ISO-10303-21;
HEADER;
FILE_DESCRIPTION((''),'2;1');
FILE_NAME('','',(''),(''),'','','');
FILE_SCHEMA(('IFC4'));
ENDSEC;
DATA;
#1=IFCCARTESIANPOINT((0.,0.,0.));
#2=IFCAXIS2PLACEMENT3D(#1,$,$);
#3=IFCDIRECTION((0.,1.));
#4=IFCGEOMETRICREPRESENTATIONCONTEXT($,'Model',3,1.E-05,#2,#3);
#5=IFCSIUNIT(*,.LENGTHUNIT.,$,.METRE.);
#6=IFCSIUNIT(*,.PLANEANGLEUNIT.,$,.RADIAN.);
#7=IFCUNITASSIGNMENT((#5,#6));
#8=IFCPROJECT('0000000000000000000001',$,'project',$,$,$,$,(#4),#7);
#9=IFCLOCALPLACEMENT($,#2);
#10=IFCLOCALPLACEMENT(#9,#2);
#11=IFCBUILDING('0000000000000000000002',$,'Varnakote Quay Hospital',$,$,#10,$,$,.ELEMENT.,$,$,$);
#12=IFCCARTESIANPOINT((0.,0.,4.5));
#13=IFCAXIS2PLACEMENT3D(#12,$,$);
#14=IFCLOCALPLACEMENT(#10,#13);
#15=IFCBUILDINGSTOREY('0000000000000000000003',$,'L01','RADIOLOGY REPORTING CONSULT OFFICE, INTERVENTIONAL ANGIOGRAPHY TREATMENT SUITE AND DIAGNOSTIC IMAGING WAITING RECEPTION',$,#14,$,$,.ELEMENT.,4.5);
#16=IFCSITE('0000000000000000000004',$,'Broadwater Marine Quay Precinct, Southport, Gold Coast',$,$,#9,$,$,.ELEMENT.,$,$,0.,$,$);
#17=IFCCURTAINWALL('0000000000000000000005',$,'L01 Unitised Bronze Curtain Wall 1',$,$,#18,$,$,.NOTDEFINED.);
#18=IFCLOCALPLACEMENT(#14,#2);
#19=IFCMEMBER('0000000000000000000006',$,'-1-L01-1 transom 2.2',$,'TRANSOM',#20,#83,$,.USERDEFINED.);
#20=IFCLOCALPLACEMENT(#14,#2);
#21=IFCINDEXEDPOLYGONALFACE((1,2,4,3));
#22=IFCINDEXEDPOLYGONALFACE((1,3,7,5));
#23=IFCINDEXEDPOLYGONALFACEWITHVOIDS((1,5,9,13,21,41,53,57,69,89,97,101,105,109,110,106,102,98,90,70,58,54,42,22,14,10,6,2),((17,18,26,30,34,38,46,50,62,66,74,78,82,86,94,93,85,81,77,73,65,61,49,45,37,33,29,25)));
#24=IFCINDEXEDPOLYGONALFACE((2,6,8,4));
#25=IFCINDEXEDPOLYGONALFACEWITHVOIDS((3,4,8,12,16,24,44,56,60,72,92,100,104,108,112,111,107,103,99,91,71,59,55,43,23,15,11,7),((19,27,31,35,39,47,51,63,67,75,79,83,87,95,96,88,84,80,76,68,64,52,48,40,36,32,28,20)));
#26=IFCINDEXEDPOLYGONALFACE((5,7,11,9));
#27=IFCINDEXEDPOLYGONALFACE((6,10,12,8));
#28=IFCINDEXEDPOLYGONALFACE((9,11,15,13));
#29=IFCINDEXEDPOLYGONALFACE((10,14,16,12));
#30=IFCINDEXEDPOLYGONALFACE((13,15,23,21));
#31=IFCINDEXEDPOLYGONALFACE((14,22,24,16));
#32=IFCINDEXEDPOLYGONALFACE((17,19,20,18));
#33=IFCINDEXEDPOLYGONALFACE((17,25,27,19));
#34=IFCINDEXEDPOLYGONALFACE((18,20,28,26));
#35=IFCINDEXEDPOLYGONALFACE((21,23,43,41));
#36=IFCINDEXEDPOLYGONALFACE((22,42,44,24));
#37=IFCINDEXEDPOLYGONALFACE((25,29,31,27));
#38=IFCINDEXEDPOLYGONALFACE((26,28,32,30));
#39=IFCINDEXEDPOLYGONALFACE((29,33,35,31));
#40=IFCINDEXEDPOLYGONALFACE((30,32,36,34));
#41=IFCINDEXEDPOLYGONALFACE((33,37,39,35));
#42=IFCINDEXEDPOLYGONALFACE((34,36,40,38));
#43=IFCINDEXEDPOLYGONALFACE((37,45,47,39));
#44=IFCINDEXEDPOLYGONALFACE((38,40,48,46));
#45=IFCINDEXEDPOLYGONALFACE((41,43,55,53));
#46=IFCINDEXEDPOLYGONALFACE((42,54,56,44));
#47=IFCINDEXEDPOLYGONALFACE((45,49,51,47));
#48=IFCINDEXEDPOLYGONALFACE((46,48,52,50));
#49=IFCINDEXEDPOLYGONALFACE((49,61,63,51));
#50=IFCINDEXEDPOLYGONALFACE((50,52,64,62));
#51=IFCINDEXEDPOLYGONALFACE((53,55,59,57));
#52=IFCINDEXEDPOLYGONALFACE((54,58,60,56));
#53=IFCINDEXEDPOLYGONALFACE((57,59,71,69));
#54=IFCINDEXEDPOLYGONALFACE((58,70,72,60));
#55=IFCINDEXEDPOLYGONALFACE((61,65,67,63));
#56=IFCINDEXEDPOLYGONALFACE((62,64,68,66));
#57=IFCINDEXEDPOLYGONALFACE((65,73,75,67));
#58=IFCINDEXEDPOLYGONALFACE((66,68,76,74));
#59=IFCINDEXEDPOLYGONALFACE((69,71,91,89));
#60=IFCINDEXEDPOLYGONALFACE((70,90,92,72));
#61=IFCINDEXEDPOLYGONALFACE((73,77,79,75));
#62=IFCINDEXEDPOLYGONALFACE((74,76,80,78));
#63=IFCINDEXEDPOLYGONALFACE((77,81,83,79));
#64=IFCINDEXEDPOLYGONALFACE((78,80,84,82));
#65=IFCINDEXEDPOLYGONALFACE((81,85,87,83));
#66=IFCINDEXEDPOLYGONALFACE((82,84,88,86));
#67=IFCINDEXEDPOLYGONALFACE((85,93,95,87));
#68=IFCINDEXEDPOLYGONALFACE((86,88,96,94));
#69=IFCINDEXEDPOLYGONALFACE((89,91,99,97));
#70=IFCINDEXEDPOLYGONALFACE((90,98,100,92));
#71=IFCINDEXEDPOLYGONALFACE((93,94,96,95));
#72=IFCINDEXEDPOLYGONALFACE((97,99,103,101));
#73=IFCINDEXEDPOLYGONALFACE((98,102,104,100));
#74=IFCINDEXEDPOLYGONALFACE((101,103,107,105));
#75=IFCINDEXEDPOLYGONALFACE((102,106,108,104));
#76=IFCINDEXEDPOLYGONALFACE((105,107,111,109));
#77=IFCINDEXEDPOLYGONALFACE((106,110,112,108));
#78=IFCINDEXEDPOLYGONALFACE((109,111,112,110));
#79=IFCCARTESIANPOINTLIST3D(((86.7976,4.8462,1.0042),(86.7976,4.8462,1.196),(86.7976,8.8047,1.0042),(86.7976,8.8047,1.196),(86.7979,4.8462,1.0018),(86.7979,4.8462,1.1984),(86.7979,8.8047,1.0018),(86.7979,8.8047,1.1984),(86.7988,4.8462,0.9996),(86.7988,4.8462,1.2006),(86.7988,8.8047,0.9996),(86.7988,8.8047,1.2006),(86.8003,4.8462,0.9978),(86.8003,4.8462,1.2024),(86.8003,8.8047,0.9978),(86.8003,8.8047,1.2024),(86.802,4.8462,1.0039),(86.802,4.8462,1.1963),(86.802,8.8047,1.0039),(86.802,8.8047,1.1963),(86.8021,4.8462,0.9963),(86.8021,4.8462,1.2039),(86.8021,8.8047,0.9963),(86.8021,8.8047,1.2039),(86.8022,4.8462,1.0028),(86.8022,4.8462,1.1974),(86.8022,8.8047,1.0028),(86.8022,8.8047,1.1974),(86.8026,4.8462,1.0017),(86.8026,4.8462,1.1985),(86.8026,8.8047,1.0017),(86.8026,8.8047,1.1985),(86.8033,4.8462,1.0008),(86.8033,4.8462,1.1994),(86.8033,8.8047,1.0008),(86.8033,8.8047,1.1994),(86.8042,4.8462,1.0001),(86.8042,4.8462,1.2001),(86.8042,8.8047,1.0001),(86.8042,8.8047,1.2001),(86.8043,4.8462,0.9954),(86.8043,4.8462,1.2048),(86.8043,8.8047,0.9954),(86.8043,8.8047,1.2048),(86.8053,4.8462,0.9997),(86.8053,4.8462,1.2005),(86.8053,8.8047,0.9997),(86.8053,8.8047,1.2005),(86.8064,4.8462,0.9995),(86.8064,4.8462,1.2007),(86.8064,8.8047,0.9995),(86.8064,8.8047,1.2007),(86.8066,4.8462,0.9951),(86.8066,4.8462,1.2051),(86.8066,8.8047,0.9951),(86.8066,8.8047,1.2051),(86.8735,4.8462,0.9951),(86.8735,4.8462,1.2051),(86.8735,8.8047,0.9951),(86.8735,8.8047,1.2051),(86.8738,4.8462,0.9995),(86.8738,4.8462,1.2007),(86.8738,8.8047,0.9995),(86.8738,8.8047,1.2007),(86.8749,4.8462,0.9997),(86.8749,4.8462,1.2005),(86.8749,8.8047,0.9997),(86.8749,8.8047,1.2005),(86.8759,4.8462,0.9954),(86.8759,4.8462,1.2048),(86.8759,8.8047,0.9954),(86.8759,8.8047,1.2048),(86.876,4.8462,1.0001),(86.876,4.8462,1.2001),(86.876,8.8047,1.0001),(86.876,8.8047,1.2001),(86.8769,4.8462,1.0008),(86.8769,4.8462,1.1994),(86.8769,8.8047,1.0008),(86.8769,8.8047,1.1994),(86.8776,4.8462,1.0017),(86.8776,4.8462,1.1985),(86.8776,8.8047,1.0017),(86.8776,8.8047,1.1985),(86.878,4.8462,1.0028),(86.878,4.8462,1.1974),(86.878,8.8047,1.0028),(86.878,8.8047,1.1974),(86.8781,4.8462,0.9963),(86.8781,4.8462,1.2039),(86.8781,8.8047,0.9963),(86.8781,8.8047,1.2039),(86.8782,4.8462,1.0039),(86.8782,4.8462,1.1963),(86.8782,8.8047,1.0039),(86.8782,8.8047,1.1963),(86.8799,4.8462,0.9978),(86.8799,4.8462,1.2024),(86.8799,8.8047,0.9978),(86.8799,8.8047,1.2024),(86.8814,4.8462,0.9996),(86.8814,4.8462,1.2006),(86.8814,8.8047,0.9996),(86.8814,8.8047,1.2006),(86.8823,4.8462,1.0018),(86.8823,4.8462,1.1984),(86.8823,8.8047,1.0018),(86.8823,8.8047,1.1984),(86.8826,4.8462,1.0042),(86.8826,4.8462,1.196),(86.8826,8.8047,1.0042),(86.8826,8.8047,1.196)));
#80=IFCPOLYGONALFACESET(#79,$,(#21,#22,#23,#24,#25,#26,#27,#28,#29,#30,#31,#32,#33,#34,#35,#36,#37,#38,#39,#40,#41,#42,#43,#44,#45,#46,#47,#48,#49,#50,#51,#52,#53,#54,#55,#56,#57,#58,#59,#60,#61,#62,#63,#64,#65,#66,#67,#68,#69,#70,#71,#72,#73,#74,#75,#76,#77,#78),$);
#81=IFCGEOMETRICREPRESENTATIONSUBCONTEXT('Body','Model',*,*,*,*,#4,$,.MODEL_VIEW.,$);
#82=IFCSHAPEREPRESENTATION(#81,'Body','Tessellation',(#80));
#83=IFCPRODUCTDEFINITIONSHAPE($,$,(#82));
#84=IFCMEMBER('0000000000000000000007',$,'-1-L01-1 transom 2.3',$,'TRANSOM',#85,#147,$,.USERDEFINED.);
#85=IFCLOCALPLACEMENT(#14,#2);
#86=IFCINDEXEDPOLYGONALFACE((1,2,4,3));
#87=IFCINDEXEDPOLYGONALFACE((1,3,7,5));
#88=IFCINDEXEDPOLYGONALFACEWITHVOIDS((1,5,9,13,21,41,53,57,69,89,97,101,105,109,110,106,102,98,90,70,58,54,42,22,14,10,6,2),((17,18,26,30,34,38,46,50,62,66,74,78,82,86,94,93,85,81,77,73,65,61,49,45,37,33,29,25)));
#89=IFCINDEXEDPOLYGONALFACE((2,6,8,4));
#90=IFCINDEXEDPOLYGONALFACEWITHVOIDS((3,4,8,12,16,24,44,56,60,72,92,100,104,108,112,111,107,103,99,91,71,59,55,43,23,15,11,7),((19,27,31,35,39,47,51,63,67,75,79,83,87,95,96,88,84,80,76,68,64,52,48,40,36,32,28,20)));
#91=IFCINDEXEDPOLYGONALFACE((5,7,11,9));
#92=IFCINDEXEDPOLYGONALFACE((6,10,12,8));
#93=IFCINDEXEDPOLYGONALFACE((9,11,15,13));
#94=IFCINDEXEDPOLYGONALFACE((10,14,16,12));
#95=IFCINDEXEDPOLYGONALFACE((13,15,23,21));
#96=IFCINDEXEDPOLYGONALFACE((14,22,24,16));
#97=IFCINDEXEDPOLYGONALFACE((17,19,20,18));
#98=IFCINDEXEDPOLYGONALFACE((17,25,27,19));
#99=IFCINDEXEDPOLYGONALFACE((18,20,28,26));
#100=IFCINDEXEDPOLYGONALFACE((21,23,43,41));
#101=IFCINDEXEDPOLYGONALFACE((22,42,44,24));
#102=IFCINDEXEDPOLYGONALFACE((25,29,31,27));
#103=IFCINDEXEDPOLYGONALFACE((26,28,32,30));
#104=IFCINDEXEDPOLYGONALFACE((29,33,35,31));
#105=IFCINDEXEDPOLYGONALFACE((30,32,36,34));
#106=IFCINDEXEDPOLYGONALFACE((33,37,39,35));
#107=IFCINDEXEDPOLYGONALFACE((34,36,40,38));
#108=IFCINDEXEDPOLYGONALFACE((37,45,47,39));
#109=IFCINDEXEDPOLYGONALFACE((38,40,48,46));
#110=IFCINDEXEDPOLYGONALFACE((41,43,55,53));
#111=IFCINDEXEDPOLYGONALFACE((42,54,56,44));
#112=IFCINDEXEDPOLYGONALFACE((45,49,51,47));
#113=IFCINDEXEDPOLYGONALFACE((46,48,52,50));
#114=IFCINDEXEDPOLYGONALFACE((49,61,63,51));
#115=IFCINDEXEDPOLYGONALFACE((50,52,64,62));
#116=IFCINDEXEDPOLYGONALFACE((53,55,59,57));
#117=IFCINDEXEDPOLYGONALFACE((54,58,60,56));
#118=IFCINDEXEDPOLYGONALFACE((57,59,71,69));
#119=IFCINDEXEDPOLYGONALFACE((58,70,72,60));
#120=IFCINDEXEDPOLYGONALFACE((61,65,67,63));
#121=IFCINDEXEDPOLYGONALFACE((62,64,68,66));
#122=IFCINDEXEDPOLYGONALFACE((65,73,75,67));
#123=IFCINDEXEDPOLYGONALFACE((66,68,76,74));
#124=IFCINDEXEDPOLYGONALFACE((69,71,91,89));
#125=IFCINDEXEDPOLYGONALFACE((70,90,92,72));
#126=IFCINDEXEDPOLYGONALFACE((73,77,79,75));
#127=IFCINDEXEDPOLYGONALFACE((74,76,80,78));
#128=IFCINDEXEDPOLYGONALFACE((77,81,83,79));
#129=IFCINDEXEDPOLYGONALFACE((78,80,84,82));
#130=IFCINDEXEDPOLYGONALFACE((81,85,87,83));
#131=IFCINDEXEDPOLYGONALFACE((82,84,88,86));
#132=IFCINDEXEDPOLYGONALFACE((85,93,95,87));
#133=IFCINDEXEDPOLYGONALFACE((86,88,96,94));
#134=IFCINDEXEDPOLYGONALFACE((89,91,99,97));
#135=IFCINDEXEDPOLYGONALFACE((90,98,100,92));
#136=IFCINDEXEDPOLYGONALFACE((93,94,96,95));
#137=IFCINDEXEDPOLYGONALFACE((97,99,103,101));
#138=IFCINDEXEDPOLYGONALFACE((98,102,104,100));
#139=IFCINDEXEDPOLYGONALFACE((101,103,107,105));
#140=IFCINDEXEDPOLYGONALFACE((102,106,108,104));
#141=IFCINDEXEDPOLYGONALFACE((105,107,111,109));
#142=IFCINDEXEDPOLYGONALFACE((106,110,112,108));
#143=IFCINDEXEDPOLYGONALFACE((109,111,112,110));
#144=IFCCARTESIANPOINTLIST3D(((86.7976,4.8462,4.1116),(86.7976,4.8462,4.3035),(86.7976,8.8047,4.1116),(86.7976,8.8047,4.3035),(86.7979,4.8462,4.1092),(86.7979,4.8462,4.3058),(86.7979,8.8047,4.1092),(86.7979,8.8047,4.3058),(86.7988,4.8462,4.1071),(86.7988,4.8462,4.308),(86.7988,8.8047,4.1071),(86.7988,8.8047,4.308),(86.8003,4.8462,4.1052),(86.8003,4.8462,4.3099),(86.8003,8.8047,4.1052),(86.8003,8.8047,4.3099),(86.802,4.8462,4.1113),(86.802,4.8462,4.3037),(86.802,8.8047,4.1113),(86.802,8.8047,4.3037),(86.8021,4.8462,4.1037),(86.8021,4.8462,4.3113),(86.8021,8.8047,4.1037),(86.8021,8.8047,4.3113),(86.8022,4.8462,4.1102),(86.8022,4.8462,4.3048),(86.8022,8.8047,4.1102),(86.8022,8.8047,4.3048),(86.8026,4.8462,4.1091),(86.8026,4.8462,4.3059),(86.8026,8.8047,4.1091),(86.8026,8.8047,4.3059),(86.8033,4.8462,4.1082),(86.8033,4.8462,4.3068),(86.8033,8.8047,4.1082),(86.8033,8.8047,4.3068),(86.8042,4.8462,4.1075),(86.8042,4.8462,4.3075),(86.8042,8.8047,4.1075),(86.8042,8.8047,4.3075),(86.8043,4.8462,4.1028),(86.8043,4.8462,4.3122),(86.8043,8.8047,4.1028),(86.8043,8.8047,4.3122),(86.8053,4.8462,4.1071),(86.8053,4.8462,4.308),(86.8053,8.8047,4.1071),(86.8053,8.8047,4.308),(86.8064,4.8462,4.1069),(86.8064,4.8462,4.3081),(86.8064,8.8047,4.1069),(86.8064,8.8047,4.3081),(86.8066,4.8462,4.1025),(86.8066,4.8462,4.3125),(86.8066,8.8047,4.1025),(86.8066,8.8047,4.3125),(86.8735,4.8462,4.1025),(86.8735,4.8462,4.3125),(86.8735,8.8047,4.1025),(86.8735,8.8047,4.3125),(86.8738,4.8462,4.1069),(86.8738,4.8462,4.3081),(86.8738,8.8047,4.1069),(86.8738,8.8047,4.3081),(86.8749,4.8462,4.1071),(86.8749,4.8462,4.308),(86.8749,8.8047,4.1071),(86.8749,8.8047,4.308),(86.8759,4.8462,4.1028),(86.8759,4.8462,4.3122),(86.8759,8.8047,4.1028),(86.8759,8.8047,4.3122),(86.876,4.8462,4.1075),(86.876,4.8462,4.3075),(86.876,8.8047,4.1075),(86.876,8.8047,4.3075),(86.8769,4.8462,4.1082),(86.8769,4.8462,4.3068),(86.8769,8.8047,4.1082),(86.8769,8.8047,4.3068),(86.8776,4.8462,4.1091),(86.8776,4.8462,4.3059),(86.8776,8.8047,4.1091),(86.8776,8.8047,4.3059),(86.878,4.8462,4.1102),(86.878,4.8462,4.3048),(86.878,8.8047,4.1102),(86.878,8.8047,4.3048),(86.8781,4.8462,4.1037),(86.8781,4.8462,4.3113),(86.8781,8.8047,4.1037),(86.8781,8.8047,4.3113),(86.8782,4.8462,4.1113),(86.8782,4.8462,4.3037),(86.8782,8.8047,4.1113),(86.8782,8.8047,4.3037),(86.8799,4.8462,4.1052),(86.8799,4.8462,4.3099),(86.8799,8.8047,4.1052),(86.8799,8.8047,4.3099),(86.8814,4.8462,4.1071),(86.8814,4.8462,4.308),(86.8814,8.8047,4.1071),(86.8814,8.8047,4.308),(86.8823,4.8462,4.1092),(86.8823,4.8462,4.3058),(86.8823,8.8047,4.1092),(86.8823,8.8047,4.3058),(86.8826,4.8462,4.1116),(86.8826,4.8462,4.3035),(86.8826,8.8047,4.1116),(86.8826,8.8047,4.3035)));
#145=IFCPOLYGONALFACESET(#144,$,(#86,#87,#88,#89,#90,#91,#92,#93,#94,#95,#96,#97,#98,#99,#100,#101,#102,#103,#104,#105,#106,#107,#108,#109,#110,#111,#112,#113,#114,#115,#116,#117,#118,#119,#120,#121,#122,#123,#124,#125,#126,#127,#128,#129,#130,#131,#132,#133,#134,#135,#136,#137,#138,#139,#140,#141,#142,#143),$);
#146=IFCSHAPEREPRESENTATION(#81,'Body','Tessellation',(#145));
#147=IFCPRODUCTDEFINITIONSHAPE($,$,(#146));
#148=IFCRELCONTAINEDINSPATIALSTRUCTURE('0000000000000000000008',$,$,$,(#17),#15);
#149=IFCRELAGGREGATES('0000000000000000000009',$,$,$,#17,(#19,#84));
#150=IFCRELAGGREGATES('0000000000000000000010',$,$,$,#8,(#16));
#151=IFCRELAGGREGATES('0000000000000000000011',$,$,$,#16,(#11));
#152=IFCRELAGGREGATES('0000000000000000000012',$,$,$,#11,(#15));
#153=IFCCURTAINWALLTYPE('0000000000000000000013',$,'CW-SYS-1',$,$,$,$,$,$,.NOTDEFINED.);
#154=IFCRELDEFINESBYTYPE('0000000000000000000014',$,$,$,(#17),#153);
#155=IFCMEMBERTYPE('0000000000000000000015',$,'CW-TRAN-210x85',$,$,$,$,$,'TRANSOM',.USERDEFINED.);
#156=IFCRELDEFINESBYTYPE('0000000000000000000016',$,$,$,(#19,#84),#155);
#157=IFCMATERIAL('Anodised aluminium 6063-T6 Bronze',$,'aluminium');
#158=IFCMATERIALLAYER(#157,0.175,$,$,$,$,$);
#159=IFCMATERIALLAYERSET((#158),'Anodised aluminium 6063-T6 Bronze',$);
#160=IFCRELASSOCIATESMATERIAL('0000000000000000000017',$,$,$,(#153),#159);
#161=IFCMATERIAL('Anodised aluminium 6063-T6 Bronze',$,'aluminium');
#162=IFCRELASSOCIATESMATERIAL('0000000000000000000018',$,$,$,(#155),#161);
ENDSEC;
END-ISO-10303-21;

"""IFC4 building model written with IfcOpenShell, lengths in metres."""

from ifc_helpers import new_model, si_unit, direction, frame, origin, origin_2d, place, context, subcontext, project, spatial, hollow_rectangle, extrude, material, layer, layer_set, material_profile, profile_set, type_object, element, aggregate, save


model = new_model("IFC4")

# Units and contexts
model_context = context("Model", 3, precision=1e-05, world=origin(), true_north=direction((0.0, 1.0)))
body_context = subcontext(model_context, "Body", "Model", "MODEL_VIEW")
ifc_project = project(units=[si_unit("LENGTHUNIT", "METRE"), si_unit("PLANEANGLEUNIT", "RADIAN")], contexts=[model_context])

# Site, building, storey
site_placement = place(None, origin())
site = spatial("IfcSite", under=ifc_project, at=site_placement, Name="Broadwater Marine Quay Precinct, Southport, Gold Coast", CompositionType="ELEMENT", RefElevation=0.0)
building_placement = place(site_placement, origin())
building = spatial("IfcBuilding", under=site, at=building_placement, Name="Varnakote Quay Hospital", CompositionType="ELEMENT")
storey_placement = place(building_placement, frame((0.0, 0.0, 4.5)))
storey = spatial("IfcBuildingStorey", under=building, at=storey_placement, Name="L01", Description="RADIOLOGY REPORTING CONSULT OFFICE, INTERVENTIONAL ANGIOGRAPHY TREATMENT SUITE AND DIAGNOSTIC IMAGING WAITING RECEPTION", CompositionType="ELEMENT", Elevation=4.5)

# Curtain wall, members
ifc_material_1 = material(Name="Anodised aluminium 6063-T6 Bronze", Category="aluminium")
ifc_layer_1 = layer(ifc_material_1, 0.175)
ifc_layer_set_1 = layer_set([ifc_layer_1], Name="Anodised aluminium 6063-T6 Bronze")
curtain_wall_type = type_object("IfcCurtainWallType", Name="CW-SYS-1", PredefinedType="NOTDEFINED", material=ifc_layer_set_1)
curtain_wall_placement = place(storey_placement, origin())
curtain_wall = element("IfcCurtainWall", 1, at=curtain_wall_placement, inside=storey, type_object=curtain_wall_type, Name="L01 Unitised Bronze Curtain Wall 1", PredefinedType="NOTDEFINED")
ifc_material_2 = material(Name="Anodised aluminium 6063-T6 Bronze", Category="aluminium")
ifc_material_profile_1 = material_profile(ifc_material_2, hollow_rectangle(XDim=0.085, YDim=0.21, WallThickness=0.0044, InnerFilletRadius=0.0044, OuterFilletRadius=0.009, at=origin_2d()), Name="CW-TRAN-210x85")
ifc_profile_set_1 = profile_set([ifc_material_profile_1], Name="Anodised aluminium 6063-T6 Bronze")
member_type_1 = type_object("IfcMemberType", Name="CW-TRAN-210x85", ElementType="TRANSOM", PredefinedType="USERDEFINED", material=ifc_profile_set_1)
member_1_placement = place(storey_placement, frame((86.8401, 4.8462, 1.1001), z_axis=(0.0, 1.0, 0.0), x_axis=(-1.0, 0.0, 0.0)))
member_1 = element("IfcMember", 2, at=member_1_placement, type_object=member_type_1, Name="-1-L01-1 transom 2.2", ObjectType="TRANSOM", PredefinedType="USERDEFINED", context=body_context, shape_type="SweptSolid", body=[
    extrude(hollow_rectangle(XDim=0.085, YDim=0.21, WallThickness=0.0044, InnerFilletRadius=0.0044, OuterFilletRadius=0.009, at=origin_2d()), origin(), (0.0, 0.0, 1.0), 3.9585),
])
member_2_placement = place(storey_placement, frame((86.8401, 4.8462, 4.2075), z_axis=(0.0, 1.0, 0.0), x_axis=(-1.0, 0.0, 0.0)))
member_2 = element("IfcMember", 3, at=member_2_placement, type_object=member_type_1, Name="-1-L01-1 transom 2.3", ObjectType="TRANSOM", PredefinedType="USERDEFINED", context=body_context, shape_type="SweptSolid", body=[
    extrude(hollow_rectangle(XDim=0.085, YDim=0.21, WallThickness=0.0044, InnerFilletRadius=0.0044, OuterFilletRadius=0.009, at=origin_2d()), origin(), (0.0, 0.0, 1.0), 3.9585),
])
aggregate(curtain_wall, [member_1, member_2])

save(model, "model.ifc")
